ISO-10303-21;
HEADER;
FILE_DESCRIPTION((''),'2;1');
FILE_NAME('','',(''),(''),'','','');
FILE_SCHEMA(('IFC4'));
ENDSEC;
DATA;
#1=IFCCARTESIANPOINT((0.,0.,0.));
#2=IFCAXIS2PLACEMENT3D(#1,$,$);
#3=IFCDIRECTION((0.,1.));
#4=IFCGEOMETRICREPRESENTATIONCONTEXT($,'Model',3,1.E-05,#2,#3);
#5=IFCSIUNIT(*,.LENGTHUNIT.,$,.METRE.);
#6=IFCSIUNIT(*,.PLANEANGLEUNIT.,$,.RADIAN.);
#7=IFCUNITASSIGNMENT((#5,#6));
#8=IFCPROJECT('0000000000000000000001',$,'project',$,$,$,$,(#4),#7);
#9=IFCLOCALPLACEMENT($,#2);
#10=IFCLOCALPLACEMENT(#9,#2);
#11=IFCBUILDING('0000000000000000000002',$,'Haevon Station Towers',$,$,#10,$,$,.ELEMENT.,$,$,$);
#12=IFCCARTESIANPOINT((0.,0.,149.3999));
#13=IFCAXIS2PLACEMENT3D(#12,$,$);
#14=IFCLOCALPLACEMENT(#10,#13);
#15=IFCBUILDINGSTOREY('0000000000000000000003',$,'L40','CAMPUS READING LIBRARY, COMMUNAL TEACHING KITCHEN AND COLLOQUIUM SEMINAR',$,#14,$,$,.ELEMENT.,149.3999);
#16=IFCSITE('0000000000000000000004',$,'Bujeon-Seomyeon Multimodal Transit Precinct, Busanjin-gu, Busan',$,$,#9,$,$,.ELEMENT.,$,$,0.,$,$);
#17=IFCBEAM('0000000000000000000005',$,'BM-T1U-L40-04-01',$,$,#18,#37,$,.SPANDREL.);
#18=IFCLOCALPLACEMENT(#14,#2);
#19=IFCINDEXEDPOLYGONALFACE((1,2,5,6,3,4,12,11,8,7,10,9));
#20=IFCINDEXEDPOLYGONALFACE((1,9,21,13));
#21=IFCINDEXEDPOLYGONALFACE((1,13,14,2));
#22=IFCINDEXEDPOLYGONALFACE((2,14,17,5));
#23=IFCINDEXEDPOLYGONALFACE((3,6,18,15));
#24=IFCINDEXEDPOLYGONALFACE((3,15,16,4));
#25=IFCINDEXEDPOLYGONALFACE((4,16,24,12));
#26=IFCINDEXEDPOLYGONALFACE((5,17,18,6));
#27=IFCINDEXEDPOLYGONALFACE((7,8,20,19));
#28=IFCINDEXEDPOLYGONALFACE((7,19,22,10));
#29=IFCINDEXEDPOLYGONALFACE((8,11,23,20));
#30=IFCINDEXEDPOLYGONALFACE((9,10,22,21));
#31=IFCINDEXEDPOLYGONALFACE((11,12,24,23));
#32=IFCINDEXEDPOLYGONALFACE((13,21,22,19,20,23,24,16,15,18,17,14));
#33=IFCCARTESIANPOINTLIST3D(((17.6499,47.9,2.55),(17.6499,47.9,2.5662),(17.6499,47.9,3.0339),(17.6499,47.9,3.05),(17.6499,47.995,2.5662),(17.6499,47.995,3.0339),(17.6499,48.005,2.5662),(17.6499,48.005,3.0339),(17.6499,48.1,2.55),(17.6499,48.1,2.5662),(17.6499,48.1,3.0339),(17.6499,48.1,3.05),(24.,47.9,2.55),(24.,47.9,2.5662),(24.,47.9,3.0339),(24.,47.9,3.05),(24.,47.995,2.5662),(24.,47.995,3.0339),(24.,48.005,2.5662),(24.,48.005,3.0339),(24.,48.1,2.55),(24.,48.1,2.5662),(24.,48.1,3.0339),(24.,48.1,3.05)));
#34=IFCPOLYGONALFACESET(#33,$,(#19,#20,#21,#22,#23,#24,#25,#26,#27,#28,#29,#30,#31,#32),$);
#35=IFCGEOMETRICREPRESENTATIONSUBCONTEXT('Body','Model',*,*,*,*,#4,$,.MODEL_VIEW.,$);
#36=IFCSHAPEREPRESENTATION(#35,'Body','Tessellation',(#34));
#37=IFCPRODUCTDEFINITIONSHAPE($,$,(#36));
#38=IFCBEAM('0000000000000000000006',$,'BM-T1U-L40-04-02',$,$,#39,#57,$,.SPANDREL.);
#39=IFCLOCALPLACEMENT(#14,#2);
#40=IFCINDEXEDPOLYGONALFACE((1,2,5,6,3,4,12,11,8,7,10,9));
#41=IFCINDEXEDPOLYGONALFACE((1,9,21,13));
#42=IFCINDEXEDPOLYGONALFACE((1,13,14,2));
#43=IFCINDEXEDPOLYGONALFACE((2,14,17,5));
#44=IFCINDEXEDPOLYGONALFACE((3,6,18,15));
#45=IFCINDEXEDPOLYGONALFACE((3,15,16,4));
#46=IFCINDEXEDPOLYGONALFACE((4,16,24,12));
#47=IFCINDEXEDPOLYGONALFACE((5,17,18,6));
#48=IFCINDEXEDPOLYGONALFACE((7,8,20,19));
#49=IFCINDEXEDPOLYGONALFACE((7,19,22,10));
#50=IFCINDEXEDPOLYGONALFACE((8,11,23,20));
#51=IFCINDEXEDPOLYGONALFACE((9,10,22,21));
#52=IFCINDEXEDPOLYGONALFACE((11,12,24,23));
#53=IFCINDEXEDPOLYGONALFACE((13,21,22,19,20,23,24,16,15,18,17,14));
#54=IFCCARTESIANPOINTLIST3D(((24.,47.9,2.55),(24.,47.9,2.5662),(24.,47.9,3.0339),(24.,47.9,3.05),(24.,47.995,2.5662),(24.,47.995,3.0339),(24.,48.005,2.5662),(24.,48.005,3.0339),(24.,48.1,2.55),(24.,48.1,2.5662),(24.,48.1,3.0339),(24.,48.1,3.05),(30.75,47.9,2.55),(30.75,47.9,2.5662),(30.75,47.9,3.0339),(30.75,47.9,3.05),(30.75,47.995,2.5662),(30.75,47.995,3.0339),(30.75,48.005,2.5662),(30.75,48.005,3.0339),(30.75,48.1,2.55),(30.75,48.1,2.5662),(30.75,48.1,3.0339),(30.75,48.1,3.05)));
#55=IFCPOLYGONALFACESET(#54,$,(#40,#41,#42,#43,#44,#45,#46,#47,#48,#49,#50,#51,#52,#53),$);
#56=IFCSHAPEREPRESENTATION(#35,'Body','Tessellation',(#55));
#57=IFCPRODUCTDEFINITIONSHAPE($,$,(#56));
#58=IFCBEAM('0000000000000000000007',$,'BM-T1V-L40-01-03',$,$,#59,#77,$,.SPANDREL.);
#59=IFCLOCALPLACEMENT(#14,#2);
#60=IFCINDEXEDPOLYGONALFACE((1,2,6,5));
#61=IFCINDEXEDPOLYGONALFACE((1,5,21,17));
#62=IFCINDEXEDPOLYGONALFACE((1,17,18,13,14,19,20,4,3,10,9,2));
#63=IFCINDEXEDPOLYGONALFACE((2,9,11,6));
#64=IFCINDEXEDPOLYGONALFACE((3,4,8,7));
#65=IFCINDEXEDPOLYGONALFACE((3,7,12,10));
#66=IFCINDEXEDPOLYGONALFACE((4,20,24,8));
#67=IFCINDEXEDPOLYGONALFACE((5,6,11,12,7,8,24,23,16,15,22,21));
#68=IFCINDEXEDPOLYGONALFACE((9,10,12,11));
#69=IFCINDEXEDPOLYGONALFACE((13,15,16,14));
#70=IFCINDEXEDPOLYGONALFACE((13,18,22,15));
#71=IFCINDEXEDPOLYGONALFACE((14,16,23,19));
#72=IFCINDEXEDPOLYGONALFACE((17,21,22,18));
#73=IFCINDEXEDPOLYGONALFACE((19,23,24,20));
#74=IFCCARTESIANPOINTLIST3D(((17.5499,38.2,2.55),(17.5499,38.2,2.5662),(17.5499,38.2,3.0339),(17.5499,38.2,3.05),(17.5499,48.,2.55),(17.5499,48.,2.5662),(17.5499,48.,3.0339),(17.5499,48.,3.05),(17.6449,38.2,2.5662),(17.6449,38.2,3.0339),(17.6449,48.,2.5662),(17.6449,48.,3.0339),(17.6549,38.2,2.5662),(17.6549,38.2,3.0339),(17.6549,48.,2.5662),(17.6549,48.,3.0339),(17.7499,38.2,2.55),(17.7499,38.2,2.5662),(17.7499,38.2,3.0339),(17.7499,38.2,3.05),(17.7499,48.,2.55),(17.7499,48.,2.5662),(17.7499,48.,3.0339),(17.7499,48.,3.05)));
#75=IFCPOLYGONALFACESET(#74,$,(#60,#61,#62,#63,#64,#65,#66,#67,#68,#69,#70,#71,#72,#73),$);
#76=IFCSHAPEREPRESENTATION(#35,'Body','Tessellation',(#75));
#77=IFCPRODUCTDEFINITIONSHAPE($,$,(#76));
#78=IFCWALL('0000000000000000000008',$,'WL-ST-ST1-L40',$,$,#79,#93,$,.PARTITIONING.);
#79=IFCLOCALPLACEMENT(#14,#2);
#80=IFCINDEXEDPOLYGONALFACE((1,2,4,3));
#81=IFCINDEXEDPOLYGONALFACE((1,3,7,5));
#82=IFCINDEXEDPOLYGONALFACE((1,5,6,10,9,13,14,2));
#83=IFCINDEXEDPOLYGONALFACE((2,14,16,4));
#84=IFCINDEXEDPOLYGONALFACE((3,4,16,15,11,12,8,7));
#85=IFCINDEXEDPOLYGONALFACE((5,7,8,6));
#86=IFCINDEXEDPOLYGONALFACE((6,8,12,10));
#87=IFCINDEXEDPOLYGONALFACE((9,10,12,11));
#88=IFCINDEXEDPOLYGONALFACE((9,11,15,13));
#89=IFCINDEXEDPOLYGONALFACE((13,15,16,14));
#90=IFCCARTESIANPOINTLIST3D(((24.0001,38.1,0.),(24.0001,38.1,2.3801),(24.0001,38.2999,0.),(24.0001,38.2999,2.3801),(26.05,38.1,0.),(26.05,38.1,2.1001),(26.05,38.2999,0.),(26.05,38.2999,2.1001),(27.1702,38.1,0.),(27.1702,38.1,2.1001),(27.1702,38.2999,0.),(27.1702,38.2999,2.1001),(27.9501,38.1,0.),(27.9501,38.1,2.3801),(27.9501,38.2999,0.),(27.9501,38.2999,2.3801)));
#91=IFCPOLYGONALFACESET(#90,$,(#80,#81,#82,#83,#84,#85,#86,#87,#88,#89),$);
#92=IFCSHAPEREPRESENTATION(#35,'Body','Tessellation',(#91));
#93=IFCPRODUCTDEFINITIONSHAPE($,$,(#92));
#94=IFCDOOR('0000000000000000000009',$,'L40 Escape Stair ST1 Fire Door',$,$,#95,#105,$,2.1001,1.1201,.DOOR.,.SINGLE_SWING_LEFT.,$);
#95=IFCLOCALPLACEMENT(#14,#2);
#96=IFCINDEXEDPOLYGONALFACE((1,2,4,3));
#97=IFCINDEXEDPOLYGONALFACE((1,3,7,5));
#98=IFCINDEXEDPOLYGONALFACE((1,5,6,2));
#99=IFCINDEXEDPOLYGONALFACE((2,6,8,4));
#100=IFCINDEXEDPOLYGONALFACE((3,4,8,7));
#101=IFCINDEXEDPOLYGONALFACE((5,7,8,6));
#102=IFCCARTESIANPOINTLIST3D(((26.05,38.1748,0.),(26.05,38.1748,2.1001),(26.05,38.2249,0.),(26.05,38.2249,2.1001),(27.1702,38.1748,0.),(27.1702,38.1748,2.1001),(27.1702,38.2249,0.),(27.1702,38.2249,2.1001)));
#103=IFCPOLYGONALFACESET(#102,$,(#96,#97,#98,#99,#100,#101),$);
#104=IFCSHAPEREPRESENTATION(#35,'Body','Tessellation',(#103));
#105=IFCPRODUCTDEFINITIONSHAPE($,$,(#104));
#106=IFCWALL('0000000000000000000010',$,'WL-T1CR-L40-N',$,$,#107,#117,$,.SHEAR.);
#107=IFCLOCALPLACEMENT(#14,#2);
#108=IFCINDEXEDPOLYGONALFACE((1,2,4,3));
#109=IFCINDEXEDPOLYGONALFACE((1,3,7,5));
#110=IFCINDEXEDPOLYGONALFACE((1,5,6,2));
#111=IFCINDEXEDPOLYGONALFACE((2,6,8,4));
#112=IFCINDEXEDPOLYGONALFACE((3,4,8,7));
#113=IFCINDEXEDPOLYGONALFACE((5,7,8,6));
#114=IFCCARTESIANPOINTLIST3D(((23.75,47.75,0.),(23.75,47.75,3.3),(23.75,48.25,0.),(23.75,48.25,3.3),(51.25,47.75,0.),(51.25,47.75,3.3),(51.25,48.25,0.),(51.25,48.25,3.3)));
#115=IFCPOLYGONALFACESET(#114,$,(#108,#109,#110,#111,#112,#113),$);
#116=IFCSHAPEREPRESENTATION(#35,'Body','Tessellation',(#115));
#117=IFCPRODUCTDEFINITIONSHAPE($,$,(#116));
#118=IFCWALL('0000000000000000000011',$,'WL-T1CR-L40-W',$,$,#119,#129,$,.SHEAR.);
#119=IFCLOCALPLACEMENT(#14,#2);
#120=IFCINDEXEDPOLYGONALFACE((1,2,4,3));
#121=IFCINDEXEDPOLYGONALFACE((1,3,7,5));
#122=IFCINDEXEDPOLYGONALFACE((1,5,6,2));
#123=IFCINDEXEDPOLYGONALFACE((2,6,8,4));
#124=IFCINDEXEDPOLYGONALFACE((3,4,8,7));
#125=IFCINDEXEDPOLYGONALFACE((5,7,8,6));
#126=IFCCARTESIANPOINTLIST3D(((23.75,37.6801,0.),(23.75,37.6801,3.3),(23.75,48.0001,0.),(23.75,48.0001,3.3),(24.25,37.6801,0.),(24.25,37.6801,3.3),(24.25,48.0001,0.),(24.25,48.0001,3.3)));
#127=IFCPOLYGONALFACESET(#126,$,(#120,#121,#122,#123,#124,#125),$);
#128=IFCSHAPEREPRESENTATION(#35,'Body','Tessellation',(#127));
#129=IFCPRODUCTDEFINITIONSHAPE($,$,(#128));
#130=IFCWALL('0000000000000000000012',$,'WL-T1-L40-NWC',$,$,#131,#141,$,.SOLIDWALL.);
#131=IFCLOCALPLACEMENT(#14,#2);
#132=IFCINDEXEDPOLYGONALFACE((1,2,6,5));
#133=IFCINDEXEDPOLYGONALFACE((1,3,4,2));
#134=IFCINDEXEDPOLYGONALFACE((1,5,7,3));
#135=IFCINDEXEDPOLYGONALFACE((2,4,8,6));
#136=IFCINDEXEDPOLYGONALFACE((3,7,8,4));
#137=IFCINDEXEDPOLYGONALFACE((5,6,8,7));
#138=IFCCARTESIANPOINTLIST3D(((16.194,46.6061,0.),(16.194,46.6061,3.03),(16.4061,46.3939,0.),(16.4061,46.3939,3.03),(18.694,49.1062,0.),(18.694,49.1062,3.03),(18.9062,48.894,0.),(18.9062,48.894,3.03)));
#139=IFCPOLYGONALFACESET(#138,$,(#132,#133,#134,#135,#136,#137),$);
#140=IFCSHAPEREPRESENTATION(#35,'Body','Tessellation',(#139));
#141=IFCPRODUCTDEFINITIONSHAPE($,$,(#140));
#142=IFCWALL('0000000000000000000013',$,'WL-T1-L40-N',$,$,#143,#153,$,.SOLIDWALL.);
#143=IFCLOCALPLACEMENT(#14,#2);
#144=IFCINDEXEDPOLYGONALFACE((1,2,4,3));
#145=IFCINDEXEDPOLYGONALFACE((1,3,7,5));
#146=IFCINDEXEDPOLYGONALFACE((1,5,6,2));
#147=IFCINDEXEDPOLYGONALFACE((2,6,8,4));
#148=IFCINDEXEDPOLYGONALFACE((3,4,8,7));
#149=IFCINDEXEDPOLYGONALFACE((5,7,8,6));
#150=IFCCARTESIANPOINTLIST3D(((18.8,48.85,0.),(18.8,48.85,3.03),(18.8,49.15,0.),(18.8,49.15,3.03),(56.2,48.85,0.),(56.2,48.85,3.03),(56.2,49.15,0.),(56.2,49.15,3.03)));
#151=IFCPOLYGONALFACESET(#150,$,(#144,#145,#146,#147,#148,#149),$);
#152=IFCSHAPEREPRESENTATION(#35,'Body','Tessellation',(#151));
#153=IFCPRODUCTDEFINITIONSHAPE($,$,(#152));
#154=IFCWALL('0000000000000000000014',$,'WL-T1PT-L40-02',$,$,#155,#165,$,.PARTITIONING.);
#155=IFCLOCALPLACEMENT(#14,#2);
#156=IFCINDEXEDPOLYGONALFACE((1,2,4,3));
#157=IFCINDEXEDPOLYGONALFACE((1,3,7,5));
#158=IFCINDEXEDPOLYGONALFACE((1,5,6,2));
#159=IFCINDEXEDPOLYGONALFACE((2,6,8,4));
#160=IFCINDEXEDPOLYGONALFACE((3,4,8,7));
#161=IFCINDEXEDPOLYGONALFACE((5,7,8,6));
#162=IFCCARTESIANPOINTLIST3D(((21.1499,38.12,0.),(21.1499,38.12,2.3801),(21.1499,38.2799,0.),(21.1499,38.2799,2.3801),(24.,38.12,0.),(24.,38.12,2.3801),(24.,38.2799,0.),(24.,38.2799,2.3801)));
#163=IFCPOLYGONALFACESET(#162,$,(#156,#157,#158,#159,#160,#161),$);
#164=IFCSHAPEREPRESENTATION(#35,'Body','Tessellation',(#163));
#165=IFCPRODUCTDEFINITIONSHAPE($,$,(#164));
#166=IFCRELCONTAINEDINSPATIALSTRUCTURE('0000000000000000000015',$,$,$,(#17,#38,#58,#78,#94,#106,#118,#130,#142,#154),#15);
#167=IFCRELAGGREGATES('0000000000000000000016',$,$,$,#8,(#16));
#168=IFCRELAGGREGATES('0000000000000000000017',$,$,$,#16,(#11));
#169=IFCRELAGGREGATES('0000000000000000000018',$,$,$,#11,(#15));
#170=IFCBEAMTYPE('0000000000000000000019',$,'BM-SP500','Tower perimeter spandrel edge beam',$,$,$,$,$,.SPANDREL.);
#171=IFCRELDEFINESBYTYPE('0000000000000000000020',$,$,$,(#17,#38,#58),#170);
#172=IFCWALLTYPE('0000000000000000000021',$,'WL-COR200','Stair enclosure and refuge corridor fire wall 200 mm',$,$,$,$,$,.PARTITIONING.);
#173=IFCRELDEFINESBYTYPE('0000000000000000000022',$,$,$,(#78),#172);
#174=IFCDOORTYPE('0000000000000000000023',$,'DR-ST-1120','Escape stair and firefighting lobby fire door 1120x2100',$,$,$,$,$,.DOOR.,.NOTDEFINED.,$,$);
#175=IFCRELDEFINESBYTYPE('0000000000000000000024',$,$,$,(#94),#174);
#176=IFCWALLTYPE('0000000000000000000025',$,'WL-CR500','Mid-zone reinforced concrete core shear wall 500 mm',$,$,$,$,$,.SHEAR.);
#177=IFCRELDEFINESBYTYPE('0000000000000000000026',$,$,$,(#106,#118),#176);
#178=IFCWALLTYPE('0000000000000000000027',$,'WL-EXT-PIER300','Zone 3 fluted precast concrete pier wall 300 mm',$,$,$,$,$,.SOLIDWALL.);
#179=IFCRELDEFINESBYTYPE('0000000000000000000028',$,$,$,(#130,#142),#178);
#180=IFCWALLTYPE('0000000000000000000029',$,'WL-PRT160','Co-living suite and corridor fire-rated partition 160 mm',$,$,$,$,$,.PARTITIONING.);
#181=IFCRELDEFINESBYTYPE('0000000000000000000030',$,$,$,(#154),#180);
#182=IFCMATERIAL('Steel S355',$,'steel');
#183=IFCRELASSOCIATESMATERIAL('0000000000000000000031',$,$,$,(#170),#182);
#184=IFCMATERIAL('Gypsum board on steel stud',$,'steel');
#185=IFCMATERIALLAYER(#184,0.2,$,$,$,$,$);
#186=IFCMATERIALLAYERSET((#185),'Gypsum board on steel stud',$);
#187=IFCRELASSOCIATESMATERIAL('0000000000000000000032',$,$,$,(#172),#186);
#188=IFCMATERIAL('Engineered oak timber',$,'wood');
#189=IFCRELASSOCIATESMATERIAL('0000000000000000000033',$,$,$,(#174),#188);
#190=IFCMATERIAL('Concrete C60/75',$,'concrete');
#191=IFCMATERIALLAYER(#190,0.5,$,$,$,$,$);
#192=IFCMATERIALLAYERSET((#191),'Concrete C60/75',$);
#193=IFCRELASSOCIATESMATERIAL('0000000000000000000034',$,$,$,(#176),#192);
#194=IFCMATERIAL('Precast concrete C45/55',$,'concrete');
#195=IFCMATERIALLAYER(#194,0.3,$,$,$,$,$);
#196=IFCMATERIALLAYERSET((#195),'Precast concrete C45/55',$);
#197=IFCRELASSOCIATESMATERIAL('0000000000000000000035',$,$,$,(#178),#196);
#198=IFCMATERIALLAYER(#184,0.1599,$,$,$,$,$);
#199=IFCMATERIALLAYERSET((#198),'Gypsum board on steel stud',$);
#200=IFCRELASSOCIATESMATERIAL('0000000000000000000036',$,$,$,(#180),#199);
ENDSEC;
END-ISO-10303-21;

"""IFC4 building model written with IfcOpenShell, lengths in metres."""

from ifc_helpers import new_model, si_unit, direction, frame, frame_2d, origin, origin_2d, place, context, subcontext, project, spatial, rectangle, i_section, extrude, material, layer, layer_set, material_profile, profile_set, type_object, element, fill, save


model = new_model("IFC4")

# Units and contexts
model_context = context("Model", 3, precision=1e-05, world=origin(), true_north=direction((0.0, 1.0)))
body_context = subcontext(model_context, "Body", "Model", "MODEL_VIEW")
ifc_project = project(units=[si_unit("LENGTHUNIT", "METRE"), si_unit("PLANEANGLEUNIT", "RADIAN")], contexts=[model_context])

# Site, building, storey
site_placement = place(None, origin())
site = spatial("IfcSite", under=ifc_project, at=site_placement, Name="Bujeon-Seomyeon Multimodal Transit Precinct, Busanjin-gu, Busan", CompositionType="ELEMENT", RefElevation=0.0)
building_placement = place(site_placement, origin())
building = spatial("IfcBuilding", under=site, at=building_placement, Name="Haevon Station Towers", CompositionType="ELEMENT")
storey_placement = place(building_placement, frame((0.0, 0.0, 149.3999)))
storey = spatial("IfcBuildingStorey", under=building, at=storey_placement, Name="L40", Description="CAMPUS READING LIBRARY, COMMUNAL TEACHING KITCHEN AND COLLOQUIUM SEMINAR", CompositionType="ELEMENT", Elevation=149.3999)

# Shared definitions
ifc_material_1 = material(Name="Steel S355", Category="steel")

# Beams
ifc_material_profile_1 = material_profile(ifc_material_1, i_section(OverallWidth=0.2, OverallDepth=0.5, WebThickness=0.01, FlangeThickness=0.0161, at=origin_2d()), Name="H-500x200x10x16")
ifc_profile_set_1 = profile_set([ifc_material_profile_1], Name="Steel S355")
beam_type_1 = type_object("IfcBeamType", Name="BM-SP500", Description="Tower perimeter spandrel edge beam", PredefinedType="SPANDREL", material=ifc_profile_set_1)
beam_1_placement = place(storey_placement, frame((17.6499, 48.0, 2.8), z_axis=(1.0, 0.0, 0.0), x_axis=(0.0, 1.0, 0.0)))
element("IfcBeam", 1, at=beam_1_placement, inside=storey, type_object=beam_type_1, Name="BM-T1U-L40-04-01", PredefinedType="SPANDREL", context=body_context, shape_type="SweptSolid", body=[
    extrude(i_section(OverallWidth=0.2, OverallDepth=0.5, WebThickness=0.01, FlangeThickness=0.0161, at=origin_2d()), origin(), (0.0, 0.0, 1.0), 6.3501),
])
beam_2_placement = place(storey_placement, frame((24.0, 48.0, 2.8), z_axis=(1.0, 0.0, 0.0), x_axis=(0.0, 1.0, 0.0)))
element("IfcBeam", 2, at=beam_2_placement, inside=storey, type_object=beam_type_1, Name="BM-T1U-L40-04-02", PredefinedType="SPANDREL", context=body_context, shape_type="SweptSolid", body=[
    extrude(i_section(OverallWidth=0.2, OverallDepth=0.5, WebThickness=0.01, FlangeThickness=0.0161, at=origin_2d()), origin(), (0.0, 0.0, 1.0), 6.75),
])
beam_3_placement = place(storey_placement, frame((17.6499, 38.2, 2.8), z_axis=(0.0, 1.0, 0.0), x_axis=(-1.0, 0.0, 0.0)))
element("IfcBeam", 3, at=beam_3_placement, inside=storey, type_object=beam_type_1, Name="BM-T1V-L40-01-03", PredefinedType="SPANDREL", context=body_context, shape_type="SweptSolid", body=[
    extrude(i_section(OverallWidth=0.2, OverallDepth=0.5, WebThickness=0.01, FlangeThickness=0.0161, at=origin_2d()), origin(), (0.0, 0.0, 1.0), 9.8),
])

# Wall, opening, door
ifc_material_2 = material(Name="Gypsum board on steel stud", Category="steel")
ifc_layer_1 = layer(ifc_material_2, 0.2)
ifc_layer_set_1 = layer_set([ifc_layer_1], Name="Gypsum board on steel stud")
wall_type_1 = type_object("IfcWallType", Name="WL-COR200", Description="Stair enclosure and refuge corridor fire wall 200 mm", PredefinedType="PARTITIONING", material=ifc_layer_set_1)
wall_1_placement = place(storey_placement, frame((24.0, 38.2, 0.0), z_axis=(0.0, 0.0, 1.0), x_axis=(1.0, 0.0, 0.0)))
wall_1 = element("IfcWall", 4, at=wall_1_placement, inside=storey, type_object=wall_type_1, Name="WL-ST-ST1-L40", PredefinedType="PARTITIONING", context=body_context, shape_type="SweptSolid", body=[
    extrude(rectangle(XDim=3.95, YDim=0.2, at=frame_2d((1.9751, 0.0))), origin(), (0.0, 0.0, 1.0), 2.3801),
])
opening_placement = place(wall_1_placement, frame((2.05, 0.0, 0.0)))
opening = element("IfcOpeningElement", 5, at=opening_placement, cuts=wall_1, PredefinedType="OPENING", context=body_context, shape_type="SweptSolid", body=[
    extrude(rectangle(XDim=1.1201, YDim=2.1001, at=frame_2d((0.5601, 1.05))), frame((0.0, 0.1099, 0.0), z_axis=(0.0, -1.0, 0.0), x_axis=(1.0, 0.0, 0.0)), (0.0, 0.0, 1.0), 0.22),
])
ifc_material_3 = material(Name="Engineered oak timber", Category="wood")
door_type = type_object("IfcDoorType", Name="DR-ST-1120", Description="Escape stair and firefighting lobby fire door 1120x2100", OperationType="NOTDEFINED", PredefinedType="DOOR", material=ifc_material_3)
door_placement = place(opening_placement, origin())
door = element("IfcDoor", 6, at=door_placement, inside=storey, type_object=door_type, Name="L40 Escape Stair ST1 Fire Door", OperationType="SINGLE_SWING_LEFT", OverallHeight=2.1001, OverallWidth=1.1201, PredefinedType="DOOR", context=body_context, shape_type="SweptSolid", body=[
    extrude(rectangle(XDim=1.1201, YDim=2.1001, at=frame_2d((0.5601, 1.05))), frame((0.0, 0.0249, 0.0), z_axis=(0.0, -1.0, 0.0), x_axis=(1.0, 0.0, 0.0)), (0.0, 0.0, 1.0), 0.05),
])
fill(opening, door)

# Walls
ifc_material_4 = material(Name="Concrete C60/75", Category="concrete")
ifc_layer_2 = layer(ifc_material_4, 0.5)
ifc_layer_set_2 = layer_set([ifc_layer_2], Name="Concrete C60/75")
wall_type_2 = type_object("IfcWallType", Name="WL-CR500", Description="Mid-zone reinforced concrete core shear wall 500 mm", PredefinedType="SHEAR", material=ifc_layer_set_2)
wall_2_placement = place(storey_placement, frame((23.75, 48.0, 0.0), z_axis=(0.0, 0.0, 1.0), x_axis=(1.0, 0.0, 0.0)))
element("IfcWall", 7, at=wall_2_placement, inside=storey, type_object=wall_type_2, Name="WL-T1CR-L40-N", PredefinedType="SHEAR", context=body_context, shape_type="SweptSolid", body=[
    extrude(rectangle(XDim=27.5, YDim=0.5, at=frame_2d((13.75, 0.0))), origin(), (0.0, 0.0, 1.0), 3.3),
])
wall_3_placement = place(storey_placement, frame((24.0, 37.6799, 0.0), z_axis=(0.0, 0.0, 1.0), x_axis=(0.0, 1.0, 0.0)))
element("IfcWall", 8, at=wall_3_placement, inside=storey, type_object=wall_type_2, Name="WL-T1CR-L40-W", PredefinedType="SHEAR", context=body_context, shape_type="SweptSolid", body=[
    extrude(rectangle(XDim=10.3201, YDim=0.5, at=frame_2d((5.1602, 0.0))), origin(), (0.0, 0.0, 1.0), 3.3),
])
ifc_material_5 = material(Name="Precast concrete C45/55", Category="concrete")
ifc_layer_3 = layer(ifc_material_5, 0.3)
ifc_layer_set_3 = layer_set([ifc_layer_3], Name="Precast concrete C45/55")
wall_type_3 = type_object("IfcWallType", Name="WL-EXT-PIER300", Description="Zone 3 fluted precast concrete pier wall 300 mm", PredefinedType="SOLIDWALL", material=ifc_layer_set_3)
wall_4_placement = place(storey_placement, frame((16.3, 46.5, 0.0), z_axis=(0.0, 0.0, 1.0), x_axis=(0.707107, 0.707107, 0.0)))
element("IfcWall", 9, at=wall_4_placement, inside=storey, type_object=wall_type_3, Name="WL-T1-L40-NWC", PredefinedType="SOLIDWALL", context=body_context, shape_type="SweptSolid", body=[
    extrude(rectangle(XDim=3.5356, YDim=0.3, at=frame_2d((1.7678, 0.0))), origin(), (0.0, 0.0, 1.0), 3.03),
])
wall_5_placement = place(storey_placement, frame((18.8, 49.0, 0.0), z_axis=(0.0, 0.0, 1.0), x_axis=(1.0, 0.0, 0.0)))
element("IfcWall", 10, at=wall_5_placement, inside=storey, type_object=wall_type_3, Name="WL-T1-L40-N", PredefinedType="SOLIDWALL", context=body_context, shape_type="SweptSolid", body=[
    extrude(rectangle(XDim=37.3999, YDim=0.3, at=frame_2d((18.7, 0.0))), origin(), (0.0, 0.0, 1.0), 3.03),
])
ifc_layer_4 = layer(ifc_material_2, 0.1599)
ifc_layer_set_4 = layer_set([ifc_layer_4], Name="Gypsum board on steel stud")
wall_type_4 = type_object("IfcWallType", Name="WL-PRT160", Description="Co-living suite and corridor fire-rated partition 160 mm", PredefinedType="PARTITIONING", material=ifc_layer_set_4)
wall_6_placement = place(storey_placement, frame((21.1499, 38.2, 0.0), z_axis=(0.0, 0.0, 1.0), x_axis=(1.0, 0.0, 0.0)))
element("IfcWall", 11, at=wall_6_placement, inside=storey, type_object=wall_type_4, Name="WL-T1PT-L40-02", PredefinedType="PARTITIONING", context=body_context, shape_type="SweptSolid", body=[
    extrude(rectangle(XDim=2.8501, YDim=0.1599, at=frame_2d((1.425, 0.0))), origin(), (0.0, 0.0, 1.0), 2.3801),
])

save(model, "model.ifc")
